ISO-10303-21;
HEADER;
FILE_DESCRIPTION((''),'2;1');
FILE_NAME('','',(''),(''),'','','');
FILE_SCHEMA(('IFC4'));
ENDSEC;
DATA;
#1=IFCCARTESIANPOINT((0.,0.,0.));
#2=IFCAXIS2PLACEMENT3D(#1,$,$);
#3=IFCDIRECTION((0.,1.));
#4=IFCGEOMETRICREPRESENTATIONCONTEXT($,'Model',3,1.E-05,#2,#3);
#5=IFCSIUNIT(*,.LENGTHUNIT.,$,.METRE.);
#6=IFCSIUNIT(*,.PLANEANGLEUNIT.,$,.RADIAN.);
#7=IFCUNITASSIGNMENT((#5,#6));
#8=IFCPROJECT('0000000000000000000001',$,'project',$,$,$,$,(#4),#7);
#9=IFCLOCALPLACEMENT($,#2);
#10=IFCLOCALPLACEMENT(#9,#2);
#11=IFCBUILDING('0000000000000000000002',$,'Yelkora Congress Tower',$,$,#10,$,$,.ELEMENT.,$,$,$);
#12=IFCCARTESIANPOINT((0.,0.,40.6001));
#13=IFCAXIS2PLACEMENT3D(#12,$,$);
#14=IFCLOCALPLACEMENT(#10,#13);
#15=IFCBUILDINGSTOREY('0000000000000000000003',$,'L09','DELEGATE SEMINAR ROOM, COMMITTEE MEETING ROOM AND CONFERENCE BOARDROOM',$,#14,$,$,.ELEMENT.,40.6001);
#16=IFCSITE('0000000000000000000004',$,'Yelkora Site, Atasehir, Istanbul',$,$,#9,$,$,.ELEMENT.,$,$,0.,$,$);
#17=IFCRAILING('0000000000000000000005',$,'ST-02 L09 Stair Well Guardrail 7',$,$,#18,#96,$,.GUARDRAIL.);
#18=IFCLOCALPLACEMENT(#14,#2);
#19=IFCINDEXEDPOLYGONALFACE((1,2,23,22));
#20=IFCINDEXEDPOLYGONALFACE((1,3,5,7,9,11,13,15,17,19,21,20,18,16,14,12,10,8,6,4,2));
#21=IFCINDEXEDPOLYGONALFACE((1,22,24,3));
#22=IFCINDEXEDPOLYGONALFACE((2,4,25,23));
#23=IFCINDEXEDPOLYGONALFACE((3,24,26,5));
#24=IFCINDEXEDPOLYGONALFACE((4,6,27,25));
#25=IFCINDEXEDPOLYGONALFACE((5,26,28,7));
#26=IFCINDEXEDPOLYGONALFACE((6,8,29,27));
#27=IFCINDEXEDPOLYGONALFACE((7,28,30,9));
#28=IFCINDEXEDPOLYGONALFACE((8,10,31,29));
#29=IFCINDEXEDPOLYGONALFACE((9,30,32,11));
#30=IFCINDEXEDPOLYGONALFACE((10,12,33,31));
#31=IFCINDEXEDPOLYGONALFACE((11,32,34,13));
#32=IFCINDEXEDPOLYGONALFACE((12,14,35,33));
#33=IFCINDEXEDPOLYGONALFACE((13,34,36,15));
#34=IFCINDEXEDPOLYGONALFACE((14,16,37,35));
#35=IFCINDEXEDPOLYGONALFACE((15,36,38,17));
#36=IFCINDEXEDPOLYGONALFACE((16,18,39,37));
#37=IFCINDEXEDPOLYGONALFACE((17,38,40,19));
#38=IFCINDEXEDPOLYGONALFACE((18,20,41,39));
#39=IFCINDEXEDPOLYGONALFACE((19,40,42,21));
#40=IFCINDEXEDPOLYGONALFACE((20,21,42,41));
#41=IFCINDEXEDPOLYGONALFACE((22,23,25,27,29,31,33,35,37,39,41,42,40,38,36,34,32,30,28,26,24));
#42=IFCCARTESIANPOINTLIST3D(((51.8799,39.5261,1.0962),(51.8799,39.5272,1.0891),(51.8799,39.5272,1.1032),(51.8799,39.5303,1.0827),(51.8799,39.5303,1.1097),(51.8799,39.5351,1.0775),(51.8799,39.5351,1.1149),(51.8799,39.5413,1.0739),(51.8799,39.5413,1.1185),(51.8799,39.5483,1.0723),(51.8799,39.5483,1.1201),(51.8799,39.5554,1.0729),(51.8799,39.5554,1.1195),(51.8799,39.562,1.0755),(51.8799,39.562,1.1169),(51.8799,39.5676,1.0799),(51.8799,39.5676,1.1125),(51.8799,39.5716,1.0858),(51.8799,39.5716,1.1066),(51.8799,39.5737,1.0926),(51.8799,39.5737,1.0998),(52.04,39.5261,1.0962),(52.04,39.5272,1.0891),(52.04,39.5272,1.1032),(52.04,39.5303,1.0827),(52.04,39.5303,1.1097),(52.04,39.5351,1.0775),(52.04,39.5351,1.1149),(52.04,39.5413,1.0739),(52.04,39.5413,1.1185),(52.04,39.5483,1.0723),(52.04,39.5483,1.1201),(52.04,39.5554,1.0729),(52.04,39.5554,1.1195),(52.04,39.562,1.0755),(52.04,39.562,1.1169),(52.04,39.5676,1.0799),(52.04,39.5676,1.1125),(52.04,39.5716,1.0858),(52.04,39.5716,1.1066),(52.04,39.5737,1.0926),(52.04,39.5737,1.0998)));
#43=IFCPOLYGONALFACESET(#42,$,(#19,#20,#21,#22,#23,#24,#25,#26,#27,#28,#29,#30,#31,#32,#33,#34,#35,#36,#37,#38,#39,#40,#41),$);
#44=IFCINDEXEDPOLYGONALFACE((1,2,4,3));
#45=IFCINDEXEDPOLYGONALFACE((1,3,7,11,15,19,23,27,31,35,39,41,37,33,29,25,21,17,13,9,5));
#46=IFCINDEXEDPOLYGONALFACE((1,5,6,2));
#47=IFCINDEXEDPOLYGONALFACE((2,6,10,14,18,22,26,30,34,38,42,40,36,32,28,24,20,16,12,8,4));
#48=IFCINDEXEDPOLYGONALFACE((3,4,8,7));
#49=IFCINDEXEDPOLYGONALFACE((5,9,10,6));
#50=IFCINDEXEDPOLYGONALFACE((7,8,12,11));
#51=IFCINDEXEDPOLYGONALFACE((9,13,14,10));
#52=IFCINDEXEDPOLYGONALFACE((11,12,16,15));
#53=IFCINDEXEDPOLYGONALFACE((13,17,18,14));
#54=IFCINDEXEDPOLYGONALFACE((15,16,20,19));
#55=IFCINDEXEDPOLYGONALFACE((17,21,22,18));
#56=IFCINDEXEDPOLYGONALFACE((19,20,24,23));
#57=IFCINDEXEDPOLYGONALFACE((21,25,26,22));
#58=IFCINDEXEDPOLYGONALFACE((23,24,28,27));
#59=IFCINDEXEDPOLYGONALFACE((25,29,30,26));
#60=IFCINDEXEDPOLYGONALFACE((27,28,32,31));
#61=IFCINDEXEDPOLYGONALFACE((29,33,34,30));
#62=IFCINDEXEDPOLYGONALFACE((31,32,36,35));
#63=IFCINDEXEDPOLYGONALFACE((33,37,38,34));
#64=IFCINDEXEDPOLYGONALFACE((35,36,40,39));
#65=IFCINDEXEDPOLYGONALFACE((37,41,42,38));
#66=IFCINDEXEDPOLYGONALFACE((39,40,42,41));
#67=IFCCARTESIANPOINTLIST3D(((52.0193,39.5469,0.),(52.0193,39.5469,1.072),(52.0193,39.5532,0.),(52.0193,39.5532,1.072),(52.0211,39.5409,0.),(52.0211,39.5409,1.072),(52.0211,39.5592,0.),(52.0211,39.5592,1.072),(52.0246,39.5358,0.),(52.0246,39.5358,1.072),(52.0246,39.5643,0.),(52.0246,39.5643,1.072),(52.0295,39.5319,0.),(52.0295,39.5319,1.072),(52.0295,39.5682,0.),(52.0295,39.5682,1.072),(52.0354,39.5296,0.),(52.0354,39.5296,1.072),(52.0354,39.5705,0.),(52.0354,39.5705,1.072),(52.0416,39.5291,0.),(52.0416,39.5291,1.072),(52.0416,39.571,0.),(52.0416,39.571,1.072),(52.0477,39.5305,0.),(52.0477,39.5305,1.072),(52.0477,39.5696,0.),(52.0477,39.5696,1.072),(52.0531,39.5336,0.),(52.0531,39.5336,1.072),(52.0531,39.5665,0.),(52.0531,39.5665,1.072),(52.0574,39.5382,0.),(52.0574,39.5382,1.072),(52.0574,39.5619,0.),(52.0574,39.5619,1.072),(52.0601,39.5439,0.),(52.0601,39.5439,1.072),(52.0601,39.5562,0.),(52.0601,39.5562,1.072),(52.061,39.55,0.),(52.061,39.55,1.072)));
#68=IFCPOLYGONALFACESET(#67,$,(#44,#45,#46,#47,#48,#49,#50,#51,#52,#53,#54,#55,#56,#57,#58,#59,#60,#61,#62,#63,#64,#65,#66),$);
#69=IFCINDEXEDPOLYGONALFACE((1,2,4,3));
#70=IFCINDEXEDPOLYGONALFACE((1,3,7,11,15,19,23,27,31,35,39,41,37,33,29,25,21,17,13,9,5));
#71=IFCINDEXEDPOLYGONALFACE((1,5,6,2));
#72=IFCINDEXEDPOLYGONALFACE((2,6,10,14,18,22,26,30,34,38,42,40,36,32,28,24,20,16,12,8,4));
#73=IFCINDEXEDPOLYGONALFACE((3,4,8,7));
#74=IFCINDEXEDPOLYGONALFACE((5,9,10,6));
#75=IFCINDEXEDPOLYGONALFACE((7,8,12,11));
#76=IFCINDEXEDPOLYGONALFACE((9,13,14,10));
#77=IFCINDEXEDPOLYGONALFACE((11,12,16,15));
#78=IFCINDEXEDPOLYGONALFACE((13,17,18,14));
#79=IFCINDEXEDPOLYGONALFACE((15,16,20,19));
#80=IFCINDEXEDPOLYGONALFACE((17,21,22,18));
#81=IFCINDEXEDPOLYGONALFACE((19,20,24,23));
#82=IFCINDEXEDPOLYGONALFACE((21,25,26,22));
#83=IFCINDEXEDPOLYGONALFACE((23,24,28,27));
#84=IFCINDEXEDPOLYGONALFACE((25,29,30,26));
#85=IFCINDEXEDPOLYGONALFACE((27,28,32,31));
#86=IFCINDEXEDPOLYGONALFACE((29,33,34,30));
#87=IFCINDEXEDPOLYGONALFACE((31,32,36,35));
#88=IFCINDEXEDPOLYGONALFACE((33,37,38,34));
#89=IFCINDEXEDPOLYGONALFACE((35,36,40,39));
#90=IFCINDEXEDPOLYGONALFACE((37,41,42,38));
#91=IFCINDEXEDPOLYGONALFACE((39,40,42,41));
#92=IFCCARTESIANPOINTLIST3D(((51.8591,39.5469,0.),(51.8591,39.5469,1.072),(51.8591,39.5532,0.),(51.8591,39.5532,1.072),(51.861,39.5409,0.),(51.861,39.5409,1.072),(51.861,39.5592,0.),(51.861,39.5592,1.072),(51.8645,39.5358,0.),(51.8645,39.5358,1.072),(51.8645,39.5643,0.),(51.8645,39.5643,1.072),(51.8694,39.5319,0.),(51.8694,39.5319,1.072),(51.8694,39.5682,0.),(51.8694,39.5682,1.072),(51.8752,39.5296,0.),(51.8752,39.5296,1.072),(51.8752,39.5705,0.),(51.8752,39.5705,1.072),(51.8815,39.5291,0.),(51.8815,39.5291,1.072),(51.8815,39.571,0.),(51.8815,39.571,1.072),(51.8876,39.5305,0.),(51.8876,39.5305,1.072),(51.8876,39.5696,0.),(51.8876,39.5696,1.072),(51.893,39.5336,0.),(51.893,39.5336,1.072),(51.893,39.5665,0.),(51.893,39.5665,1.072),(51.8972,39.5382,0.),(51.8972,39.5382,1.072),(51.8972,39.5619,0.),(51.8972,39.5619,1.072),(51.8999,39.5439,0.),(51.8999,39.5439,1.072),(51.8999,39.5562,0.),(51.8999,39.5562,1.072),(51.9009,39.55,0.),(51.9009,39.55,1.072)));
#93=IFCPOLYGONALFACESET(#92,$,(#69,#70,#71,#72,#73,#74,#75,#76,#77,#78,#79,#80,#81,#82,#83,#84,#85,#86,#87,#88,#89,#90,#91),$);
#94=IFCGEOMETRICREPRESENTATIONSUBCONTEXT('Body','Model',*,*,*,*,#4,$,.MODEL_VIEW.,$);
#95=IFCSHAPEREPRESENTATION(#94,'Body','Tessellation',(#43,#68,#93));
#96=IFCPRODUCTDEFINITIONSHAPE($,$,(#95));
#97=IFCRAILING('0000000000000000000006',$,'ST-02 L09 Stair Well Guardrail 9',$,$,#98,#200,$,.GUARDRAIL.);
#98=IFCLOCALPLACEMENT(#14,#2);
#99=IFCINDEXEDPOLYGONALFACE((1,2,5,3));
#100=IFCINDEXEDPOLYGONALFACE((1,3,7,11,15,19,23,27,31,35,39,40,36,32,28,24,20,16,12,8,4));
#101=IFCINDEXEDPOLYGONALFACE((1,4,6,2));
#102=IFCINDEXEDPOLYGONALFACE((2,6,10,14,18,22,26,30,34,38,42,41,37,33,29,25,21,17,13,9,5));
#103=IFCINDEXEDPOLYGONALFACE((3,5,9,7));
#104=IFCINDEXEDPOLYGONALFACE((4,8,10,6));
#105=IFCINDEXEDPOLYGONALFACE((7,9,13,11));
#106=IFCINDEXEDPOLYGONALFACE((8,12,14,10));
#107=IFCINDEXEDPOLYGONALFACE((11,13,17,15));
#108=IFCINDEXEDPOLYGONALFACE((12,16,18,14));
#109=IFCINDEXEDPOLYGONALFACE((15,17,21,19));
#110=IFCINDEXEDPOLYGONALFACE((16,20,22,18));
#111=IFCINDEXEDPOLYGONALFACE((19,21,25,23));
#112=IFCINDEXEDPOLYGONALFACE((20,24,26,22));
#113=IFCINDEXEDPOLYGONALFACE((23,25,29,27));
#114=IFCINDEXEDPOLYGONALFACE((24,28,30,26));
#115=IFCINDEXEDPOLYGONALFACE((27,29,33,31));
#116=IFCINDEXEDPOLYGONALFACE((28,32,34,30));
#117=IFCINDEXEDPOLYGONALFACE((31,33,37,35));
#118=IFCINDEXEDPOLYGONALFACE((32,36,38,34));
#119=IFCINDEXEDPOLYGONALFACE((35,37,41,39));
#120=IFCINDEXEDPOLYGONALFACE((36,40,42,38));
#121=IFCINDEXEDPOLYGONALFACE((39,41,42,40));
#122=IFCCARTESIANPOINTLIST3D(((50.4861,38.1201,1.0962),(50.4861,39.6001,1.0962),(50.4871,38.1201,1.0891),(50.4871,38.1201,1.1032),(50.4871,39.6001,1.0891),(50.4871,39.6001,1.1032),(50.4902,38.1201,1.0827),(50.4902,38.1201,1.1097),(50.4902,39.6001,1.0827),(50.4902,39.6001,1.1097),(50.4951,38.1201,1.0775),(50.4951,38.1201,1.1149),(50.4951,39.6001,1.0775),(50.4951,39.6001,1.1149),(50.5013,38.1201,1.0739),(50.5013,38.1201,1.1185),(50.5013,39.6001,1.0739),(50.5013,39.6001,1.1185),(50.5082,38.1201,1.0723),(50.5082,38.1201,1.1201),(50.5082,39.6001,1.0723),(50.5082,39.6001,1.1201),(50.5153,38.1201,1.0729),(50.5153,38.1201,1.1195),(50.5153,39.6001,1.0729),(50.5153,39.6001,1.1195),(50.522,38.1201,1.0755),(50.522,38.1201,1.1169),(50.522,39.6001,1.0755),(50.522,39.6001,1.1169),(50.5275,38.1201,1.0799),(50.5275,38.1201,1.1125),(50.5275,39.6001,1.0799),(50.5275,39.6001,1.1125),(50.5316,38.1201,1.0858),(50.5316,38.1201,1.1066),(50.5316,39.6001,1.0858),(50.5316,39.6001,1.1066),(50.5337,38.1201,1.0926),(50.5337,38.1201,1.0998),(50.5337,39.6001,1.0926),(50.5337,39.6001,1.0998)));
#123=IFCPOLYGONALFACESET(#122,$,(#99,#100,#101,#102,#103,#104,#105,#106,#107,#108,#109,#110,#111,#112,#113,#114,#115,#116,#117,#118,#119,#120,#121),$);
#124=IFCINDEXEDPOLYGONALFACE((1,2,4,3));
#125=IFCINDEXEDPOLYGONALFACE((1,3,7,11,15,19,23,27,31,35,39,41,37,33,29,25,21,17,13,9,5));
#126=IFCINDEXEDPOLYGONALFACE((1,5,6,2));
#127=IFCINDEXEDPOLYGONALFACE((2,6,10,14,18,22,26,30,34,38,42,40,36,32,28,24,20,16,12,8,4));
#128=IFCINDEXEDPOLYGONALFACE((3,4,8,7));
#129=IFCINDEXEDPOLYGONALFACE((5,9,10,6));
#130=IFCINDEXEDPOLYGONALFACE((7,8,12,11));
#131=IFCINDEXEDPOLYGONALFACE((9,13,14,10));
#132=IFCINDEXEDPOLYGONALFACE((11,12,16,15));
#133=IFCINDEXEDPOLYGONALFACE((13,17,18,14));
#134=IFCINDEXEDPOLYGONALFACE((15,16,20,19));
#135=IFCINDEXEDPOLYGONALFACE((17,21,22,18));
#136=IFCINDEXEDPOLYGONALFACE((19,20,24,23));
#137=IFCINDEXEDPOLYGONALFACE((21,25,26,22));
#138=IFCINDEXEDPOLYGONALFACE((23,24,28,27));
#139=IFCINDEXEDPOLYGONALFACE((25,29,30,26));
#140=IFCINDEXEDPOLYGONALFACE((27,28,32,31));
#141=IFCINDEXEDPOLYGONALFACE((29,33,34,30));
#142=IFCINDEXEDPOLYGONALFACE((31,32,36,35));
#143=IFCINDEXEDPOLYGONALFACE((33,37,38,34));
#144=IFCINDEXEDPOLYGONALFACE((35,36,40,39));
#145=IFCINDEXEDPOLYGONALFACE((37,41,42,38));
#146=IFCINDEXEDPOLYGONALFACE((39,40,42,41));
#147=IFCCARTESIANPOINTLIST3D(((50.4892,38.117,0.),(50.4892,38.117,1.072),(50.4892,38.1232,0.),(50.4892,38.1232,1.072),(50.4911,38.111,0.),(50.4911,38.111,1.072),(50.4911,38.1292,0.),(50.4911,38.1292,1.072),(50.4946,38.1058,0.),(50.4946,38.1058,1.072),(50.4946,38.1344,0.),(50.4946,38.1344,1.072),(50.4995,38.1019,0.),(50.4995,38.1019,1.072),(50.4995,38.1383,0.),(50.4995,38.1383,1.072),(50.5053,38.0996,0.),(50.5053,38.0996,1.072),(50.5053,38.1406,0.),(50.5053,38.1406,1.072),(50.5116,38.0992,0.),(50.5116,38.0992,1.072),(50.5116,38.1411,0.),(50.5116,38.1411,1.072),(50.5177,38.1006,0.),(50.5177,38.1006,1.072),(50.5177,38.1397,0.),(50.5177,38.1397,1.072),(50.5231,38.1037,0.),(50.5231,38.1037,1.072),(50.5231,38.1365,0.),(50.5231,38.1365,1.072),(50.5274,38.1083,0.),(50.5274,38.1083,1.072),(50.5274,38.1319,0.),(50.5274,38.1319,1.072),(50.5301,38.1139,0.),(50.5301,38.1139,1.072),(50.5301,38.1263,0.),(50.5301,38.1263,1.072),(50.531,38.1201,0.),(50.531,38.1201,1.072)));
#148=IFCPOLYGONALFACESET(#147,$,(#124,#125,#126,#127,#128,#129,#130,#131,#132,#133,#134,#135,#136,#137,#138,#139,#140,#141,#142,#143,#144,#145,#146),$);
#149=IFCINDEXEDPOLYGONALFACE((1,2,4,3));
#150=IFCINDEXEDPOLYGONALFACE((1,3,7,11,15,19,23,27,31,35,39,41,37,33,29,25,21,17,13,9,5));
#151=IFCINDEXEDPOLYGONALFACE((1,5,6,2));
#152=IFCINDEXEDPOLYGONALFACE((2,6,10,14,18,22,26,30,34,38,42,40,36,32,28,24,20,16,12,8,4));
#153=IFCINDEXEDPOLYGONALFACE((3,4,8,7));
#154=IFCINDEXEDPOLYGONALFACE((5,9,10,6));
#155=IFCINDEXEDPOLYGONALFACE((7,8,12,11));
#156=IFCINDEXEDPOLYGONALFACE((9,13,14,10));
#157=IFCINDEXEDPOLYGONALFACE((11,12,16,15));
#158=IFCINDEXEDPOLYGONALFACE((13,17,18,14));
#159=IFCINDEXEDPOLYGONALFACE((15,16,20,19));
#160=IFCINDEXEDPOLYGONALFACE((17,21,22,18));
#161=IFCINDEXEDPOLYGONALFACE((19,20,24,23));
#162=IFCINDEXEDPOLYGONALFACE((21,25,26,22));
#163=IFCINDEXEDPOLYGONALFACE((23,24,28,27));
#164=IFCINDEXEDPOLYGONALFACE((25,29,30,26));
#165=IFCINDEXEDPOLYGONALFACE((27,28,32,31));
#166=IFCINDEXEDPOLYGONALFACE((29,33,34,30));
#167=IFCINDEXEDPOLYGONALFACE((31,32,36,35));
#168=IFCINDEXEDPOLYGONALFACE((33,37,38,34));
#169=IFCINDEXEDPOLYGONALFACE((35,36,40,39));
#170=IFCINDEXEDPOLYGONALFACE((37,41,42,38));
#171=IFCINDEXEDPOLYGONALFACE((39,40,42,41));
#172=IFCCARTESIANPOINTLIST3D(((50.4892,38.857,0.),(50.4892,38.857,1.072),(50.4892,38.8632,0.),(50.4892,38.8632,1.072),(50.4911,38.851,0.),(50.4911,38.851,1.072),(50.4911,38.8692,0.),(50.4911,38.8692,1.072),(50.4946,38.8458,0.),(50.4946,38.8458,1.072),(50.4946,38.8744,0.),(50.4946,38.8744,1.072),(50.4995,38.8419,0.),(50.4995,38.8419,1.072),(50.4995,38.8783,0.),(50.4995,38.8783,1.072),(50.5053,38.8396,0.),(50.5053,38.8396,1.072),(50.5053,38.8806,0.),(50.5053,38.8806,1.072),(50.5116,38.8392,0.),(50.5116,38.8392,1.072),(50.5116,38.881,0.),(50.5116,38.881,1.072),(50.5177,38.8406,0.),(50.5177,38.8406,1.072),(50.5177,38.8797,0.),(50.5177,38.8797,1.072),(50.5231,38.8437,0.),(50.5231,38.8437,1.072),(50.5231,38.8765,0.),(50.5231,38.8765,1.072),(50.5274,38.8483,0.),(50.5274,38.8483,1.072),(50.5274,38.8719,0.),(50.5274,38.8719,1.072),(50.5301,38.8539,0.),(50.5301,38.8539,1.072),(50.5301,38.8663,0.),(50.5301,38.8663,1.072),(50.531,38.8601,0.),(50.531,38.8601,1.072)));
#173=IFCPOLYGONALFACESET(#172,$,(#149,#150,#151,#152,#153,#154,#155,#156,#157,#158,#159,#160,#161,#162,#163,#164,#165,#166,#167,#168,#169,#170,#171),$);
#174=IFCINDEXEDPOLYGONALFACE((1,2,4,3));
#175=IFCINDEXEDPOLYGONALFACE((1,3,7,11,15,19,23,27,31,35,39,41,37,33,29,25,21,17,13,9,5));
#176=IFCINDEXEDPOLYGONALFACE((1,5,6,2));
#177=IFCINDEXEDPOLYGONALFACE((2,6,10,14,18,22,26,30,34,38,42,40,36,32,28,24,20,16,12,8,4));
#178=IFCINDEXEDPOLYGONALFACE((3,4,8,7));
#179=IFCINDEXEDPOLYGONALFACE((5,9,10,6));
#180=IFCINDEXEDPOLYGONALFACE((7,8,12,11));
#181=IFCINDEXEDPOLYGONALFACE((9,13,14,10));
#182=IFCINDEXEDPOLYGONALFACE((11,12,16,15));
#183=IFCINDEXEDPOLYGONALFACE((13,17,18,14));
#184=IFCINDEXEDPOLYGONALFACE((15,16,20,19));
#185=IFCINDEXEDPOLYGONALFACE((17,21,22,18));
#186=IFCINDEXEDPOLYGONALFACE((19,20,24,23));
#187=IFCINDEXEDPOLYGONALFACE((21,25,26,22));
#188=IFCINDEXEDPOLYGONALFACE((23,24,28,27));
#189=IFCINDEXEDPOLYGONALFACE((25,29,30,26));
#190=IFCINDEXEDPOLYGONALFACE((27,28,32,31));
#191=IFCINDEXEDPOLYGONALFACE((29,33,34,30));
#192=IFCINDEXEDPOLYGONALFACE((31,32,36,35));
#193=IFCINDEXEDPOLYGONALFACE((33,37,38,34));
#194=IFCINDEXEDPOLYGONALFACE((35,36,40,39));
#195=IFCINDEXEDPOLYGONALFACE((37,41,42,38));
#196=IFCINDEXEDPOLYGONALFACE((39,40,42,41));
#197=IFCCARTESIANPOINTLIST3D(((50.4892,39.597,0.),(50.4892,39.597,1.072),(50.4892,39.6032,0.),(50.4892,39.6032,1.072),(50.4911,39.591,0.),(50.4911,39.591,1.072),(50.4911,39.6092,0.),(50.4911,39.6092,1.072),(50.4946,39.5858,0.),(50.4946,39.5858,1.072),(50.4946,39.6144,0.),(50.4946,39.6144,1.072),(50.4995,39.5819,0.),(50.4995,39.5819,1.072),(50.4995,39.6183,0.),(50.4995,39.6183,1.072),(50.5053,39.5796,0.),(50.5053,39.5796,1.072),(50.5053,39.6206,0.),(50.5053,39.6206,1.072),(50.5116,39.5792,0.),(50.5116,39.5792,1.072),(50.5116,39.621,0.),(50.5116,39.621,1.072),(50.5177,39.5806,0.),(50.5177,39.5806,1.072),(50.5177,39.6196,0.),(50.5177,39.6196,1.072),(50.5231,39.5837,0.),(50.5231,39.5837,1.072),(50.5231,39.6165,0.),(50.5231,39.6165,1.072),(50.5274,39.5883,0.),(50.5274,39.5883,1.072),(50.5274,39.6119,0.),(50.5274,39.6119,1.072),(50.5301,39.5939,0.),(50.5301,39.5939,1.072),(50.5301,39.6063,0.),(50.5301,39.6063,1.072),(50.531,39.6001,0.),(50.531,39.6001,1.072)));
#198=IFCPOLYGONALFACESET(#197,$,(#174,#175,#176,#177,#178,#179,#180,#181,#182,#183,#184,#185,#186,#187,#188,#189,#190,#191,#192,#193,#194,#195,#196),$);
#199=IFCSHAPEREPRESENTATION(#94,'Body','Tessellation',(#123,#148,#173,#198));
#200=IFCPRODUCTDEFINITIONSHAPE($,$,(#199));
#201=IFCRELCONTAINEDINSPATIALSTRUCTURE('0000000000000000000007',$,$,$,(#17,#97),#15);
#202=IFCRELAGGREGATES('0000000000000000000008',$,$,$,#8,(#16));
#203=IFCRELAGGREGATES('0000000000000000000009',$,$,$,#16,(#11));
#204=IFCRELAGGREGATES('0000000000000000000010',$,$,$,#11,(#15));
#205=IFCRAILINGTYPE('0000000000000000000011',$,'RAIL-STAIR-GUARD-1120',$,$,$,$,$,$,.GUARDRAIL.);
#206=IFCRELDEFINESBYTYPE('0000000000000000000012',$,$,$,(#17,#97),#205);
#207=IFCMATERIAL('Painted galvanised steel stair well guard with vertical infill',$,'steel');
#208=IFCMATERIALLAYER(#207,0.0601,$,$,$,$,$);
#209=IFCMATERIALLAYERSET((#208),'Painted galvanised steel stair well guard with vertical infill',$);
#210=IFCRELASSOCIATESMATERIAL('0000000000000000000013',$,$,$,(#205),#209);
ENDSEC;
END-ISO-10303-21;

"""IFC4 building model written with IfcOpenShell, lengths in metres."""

from ifc_helpers import new_model, si_unit, direction, frame, origin, origin_2d, place, context, subcontext, project, spatial, circle, extrude, material, layer, layer_set, type_object, element, save


model = new_model("IFC4")

# Units and contexts
model_context = context("Model", 3, precision=1e-05, world=origin(), true_north=direction((0.0, 1.0)))
body_context = subcontext(model_context, "Body", "Model", "MODEL_VIEW")
ifc_project = project(units=[si_unit("LENGTHUNIT", "METRE"), si_unit("PLANEANGLEUNIT", "RADIAN")], contexts=[model_context])

# Site, building, storey
site_placement = place(None, origin())
site = spatial("IfcSite", under=ifc_project, at=site_placement, Name="Yelkora Site, Atasehir, Istanbul", CompositionType="ELEMENT", RefElevation=0.0)
building_placement = place(site_placement, origin())
building = spatial("IfcBuilding", under=site, at=building_placement, Name="Yelkora Congress Tower", CompositionType="ELEMENT")
storey_placement = place(building_placement, frame((0.0, 0.0, 40.6001)))
storey = spatial("IfcBuildingStorey", under=building, at=storey_placement, Name="L09", Description="DELEGATE SEMINAR ROOM, COMMITTEE MEETING ROOM AND CONFERENCE BOARDROOM", CompositionType="ELEMENT", Elevation=40.6001)

# Railings
ifc_material_1 = material(Name="Painted galvanised steel stair well guard with vertical infill", Category="steel")
ifc_layer_1 = layer(ifc_material_1, 0.0601)
ifc_layer_set_1 = layer_set([ifc_layer_1], Name="Painted galvanised steel stair well guard with vertical infill")
railing_type_1 = type_object("IfcRailingType", Name="RAIL-STAIR-GUARD-1120", PredefinedType="GUARDRAIL", material=ifc_layer_set_1)
railing_1_placement = place(storey_placement, frame((52.04, 39.55, 0.0)))
element("IfcRailing", 1, at=railing_1_placement, inside=storey, type_object=railing_type_1, Name="ST-02 L09 Stair Well Guardrail 7", PredefinedType="GUARDRAIL", context=body_context, shape_type="SweptSolid", body=[
    extrude(circle(Radius=0.0239, at=origin_2d()), frame((0.0, 0.0, 1.0962), z_axis=(-1.0, 0.0, 0.0), x_axis=(0.0, -1.0, 0.0)), (0.0, 0.0, 1.0), 0.1602),
    extrude(circle(Radius=0.021, at=origin_2d()), origin(), (0.0, 0.0, 1.0), 1.072),
    extrude(circle(Radius=0.021, at=origin_2d()), frame((-0.1602, 0.0, 0.0)), (0.0, 0.0, 1.0), 1.072),
])
railing_2_placement = place(storey_placement, frame((50.51, 38.1201, 0.0)))
element("IfcRailing", 2, at=railing_2_placement, inside=storey, type_object=railing_type_1, Name="ST-02 L09 Stair Well Guardrail 9", PredefinedType="GUARDRAIL", context=body_context, shape_type="SweptSolid", body=[
    extrude(circle(Radius=0.0239, at=origin_2d()), frame((0.0, 0.0, 1.0962), z_axis=(0.0, 1.0, 0.0), x_axis=(-1.0, 0.0, 0.0)), (0.0, 0.0, 1.0), 1.48),
    extrude(circle(Radius=0.021, at=origin_2d()), origin(), (0.0, 0.0, 1.0), 1.072),
    extrude(circle(Radius=0.021, at=origin_2d()), frame((0.0, 0.74, 0.0)), (0.0, 0.0, 1.0), 1.072),
    extrude(circle(Radius=0.021, at=origin_2d()), frame((0.0, 1.48, 0.0)), (0.0, 0.0, 1.0), 1.072),
])

save(model, "model.ifc")
